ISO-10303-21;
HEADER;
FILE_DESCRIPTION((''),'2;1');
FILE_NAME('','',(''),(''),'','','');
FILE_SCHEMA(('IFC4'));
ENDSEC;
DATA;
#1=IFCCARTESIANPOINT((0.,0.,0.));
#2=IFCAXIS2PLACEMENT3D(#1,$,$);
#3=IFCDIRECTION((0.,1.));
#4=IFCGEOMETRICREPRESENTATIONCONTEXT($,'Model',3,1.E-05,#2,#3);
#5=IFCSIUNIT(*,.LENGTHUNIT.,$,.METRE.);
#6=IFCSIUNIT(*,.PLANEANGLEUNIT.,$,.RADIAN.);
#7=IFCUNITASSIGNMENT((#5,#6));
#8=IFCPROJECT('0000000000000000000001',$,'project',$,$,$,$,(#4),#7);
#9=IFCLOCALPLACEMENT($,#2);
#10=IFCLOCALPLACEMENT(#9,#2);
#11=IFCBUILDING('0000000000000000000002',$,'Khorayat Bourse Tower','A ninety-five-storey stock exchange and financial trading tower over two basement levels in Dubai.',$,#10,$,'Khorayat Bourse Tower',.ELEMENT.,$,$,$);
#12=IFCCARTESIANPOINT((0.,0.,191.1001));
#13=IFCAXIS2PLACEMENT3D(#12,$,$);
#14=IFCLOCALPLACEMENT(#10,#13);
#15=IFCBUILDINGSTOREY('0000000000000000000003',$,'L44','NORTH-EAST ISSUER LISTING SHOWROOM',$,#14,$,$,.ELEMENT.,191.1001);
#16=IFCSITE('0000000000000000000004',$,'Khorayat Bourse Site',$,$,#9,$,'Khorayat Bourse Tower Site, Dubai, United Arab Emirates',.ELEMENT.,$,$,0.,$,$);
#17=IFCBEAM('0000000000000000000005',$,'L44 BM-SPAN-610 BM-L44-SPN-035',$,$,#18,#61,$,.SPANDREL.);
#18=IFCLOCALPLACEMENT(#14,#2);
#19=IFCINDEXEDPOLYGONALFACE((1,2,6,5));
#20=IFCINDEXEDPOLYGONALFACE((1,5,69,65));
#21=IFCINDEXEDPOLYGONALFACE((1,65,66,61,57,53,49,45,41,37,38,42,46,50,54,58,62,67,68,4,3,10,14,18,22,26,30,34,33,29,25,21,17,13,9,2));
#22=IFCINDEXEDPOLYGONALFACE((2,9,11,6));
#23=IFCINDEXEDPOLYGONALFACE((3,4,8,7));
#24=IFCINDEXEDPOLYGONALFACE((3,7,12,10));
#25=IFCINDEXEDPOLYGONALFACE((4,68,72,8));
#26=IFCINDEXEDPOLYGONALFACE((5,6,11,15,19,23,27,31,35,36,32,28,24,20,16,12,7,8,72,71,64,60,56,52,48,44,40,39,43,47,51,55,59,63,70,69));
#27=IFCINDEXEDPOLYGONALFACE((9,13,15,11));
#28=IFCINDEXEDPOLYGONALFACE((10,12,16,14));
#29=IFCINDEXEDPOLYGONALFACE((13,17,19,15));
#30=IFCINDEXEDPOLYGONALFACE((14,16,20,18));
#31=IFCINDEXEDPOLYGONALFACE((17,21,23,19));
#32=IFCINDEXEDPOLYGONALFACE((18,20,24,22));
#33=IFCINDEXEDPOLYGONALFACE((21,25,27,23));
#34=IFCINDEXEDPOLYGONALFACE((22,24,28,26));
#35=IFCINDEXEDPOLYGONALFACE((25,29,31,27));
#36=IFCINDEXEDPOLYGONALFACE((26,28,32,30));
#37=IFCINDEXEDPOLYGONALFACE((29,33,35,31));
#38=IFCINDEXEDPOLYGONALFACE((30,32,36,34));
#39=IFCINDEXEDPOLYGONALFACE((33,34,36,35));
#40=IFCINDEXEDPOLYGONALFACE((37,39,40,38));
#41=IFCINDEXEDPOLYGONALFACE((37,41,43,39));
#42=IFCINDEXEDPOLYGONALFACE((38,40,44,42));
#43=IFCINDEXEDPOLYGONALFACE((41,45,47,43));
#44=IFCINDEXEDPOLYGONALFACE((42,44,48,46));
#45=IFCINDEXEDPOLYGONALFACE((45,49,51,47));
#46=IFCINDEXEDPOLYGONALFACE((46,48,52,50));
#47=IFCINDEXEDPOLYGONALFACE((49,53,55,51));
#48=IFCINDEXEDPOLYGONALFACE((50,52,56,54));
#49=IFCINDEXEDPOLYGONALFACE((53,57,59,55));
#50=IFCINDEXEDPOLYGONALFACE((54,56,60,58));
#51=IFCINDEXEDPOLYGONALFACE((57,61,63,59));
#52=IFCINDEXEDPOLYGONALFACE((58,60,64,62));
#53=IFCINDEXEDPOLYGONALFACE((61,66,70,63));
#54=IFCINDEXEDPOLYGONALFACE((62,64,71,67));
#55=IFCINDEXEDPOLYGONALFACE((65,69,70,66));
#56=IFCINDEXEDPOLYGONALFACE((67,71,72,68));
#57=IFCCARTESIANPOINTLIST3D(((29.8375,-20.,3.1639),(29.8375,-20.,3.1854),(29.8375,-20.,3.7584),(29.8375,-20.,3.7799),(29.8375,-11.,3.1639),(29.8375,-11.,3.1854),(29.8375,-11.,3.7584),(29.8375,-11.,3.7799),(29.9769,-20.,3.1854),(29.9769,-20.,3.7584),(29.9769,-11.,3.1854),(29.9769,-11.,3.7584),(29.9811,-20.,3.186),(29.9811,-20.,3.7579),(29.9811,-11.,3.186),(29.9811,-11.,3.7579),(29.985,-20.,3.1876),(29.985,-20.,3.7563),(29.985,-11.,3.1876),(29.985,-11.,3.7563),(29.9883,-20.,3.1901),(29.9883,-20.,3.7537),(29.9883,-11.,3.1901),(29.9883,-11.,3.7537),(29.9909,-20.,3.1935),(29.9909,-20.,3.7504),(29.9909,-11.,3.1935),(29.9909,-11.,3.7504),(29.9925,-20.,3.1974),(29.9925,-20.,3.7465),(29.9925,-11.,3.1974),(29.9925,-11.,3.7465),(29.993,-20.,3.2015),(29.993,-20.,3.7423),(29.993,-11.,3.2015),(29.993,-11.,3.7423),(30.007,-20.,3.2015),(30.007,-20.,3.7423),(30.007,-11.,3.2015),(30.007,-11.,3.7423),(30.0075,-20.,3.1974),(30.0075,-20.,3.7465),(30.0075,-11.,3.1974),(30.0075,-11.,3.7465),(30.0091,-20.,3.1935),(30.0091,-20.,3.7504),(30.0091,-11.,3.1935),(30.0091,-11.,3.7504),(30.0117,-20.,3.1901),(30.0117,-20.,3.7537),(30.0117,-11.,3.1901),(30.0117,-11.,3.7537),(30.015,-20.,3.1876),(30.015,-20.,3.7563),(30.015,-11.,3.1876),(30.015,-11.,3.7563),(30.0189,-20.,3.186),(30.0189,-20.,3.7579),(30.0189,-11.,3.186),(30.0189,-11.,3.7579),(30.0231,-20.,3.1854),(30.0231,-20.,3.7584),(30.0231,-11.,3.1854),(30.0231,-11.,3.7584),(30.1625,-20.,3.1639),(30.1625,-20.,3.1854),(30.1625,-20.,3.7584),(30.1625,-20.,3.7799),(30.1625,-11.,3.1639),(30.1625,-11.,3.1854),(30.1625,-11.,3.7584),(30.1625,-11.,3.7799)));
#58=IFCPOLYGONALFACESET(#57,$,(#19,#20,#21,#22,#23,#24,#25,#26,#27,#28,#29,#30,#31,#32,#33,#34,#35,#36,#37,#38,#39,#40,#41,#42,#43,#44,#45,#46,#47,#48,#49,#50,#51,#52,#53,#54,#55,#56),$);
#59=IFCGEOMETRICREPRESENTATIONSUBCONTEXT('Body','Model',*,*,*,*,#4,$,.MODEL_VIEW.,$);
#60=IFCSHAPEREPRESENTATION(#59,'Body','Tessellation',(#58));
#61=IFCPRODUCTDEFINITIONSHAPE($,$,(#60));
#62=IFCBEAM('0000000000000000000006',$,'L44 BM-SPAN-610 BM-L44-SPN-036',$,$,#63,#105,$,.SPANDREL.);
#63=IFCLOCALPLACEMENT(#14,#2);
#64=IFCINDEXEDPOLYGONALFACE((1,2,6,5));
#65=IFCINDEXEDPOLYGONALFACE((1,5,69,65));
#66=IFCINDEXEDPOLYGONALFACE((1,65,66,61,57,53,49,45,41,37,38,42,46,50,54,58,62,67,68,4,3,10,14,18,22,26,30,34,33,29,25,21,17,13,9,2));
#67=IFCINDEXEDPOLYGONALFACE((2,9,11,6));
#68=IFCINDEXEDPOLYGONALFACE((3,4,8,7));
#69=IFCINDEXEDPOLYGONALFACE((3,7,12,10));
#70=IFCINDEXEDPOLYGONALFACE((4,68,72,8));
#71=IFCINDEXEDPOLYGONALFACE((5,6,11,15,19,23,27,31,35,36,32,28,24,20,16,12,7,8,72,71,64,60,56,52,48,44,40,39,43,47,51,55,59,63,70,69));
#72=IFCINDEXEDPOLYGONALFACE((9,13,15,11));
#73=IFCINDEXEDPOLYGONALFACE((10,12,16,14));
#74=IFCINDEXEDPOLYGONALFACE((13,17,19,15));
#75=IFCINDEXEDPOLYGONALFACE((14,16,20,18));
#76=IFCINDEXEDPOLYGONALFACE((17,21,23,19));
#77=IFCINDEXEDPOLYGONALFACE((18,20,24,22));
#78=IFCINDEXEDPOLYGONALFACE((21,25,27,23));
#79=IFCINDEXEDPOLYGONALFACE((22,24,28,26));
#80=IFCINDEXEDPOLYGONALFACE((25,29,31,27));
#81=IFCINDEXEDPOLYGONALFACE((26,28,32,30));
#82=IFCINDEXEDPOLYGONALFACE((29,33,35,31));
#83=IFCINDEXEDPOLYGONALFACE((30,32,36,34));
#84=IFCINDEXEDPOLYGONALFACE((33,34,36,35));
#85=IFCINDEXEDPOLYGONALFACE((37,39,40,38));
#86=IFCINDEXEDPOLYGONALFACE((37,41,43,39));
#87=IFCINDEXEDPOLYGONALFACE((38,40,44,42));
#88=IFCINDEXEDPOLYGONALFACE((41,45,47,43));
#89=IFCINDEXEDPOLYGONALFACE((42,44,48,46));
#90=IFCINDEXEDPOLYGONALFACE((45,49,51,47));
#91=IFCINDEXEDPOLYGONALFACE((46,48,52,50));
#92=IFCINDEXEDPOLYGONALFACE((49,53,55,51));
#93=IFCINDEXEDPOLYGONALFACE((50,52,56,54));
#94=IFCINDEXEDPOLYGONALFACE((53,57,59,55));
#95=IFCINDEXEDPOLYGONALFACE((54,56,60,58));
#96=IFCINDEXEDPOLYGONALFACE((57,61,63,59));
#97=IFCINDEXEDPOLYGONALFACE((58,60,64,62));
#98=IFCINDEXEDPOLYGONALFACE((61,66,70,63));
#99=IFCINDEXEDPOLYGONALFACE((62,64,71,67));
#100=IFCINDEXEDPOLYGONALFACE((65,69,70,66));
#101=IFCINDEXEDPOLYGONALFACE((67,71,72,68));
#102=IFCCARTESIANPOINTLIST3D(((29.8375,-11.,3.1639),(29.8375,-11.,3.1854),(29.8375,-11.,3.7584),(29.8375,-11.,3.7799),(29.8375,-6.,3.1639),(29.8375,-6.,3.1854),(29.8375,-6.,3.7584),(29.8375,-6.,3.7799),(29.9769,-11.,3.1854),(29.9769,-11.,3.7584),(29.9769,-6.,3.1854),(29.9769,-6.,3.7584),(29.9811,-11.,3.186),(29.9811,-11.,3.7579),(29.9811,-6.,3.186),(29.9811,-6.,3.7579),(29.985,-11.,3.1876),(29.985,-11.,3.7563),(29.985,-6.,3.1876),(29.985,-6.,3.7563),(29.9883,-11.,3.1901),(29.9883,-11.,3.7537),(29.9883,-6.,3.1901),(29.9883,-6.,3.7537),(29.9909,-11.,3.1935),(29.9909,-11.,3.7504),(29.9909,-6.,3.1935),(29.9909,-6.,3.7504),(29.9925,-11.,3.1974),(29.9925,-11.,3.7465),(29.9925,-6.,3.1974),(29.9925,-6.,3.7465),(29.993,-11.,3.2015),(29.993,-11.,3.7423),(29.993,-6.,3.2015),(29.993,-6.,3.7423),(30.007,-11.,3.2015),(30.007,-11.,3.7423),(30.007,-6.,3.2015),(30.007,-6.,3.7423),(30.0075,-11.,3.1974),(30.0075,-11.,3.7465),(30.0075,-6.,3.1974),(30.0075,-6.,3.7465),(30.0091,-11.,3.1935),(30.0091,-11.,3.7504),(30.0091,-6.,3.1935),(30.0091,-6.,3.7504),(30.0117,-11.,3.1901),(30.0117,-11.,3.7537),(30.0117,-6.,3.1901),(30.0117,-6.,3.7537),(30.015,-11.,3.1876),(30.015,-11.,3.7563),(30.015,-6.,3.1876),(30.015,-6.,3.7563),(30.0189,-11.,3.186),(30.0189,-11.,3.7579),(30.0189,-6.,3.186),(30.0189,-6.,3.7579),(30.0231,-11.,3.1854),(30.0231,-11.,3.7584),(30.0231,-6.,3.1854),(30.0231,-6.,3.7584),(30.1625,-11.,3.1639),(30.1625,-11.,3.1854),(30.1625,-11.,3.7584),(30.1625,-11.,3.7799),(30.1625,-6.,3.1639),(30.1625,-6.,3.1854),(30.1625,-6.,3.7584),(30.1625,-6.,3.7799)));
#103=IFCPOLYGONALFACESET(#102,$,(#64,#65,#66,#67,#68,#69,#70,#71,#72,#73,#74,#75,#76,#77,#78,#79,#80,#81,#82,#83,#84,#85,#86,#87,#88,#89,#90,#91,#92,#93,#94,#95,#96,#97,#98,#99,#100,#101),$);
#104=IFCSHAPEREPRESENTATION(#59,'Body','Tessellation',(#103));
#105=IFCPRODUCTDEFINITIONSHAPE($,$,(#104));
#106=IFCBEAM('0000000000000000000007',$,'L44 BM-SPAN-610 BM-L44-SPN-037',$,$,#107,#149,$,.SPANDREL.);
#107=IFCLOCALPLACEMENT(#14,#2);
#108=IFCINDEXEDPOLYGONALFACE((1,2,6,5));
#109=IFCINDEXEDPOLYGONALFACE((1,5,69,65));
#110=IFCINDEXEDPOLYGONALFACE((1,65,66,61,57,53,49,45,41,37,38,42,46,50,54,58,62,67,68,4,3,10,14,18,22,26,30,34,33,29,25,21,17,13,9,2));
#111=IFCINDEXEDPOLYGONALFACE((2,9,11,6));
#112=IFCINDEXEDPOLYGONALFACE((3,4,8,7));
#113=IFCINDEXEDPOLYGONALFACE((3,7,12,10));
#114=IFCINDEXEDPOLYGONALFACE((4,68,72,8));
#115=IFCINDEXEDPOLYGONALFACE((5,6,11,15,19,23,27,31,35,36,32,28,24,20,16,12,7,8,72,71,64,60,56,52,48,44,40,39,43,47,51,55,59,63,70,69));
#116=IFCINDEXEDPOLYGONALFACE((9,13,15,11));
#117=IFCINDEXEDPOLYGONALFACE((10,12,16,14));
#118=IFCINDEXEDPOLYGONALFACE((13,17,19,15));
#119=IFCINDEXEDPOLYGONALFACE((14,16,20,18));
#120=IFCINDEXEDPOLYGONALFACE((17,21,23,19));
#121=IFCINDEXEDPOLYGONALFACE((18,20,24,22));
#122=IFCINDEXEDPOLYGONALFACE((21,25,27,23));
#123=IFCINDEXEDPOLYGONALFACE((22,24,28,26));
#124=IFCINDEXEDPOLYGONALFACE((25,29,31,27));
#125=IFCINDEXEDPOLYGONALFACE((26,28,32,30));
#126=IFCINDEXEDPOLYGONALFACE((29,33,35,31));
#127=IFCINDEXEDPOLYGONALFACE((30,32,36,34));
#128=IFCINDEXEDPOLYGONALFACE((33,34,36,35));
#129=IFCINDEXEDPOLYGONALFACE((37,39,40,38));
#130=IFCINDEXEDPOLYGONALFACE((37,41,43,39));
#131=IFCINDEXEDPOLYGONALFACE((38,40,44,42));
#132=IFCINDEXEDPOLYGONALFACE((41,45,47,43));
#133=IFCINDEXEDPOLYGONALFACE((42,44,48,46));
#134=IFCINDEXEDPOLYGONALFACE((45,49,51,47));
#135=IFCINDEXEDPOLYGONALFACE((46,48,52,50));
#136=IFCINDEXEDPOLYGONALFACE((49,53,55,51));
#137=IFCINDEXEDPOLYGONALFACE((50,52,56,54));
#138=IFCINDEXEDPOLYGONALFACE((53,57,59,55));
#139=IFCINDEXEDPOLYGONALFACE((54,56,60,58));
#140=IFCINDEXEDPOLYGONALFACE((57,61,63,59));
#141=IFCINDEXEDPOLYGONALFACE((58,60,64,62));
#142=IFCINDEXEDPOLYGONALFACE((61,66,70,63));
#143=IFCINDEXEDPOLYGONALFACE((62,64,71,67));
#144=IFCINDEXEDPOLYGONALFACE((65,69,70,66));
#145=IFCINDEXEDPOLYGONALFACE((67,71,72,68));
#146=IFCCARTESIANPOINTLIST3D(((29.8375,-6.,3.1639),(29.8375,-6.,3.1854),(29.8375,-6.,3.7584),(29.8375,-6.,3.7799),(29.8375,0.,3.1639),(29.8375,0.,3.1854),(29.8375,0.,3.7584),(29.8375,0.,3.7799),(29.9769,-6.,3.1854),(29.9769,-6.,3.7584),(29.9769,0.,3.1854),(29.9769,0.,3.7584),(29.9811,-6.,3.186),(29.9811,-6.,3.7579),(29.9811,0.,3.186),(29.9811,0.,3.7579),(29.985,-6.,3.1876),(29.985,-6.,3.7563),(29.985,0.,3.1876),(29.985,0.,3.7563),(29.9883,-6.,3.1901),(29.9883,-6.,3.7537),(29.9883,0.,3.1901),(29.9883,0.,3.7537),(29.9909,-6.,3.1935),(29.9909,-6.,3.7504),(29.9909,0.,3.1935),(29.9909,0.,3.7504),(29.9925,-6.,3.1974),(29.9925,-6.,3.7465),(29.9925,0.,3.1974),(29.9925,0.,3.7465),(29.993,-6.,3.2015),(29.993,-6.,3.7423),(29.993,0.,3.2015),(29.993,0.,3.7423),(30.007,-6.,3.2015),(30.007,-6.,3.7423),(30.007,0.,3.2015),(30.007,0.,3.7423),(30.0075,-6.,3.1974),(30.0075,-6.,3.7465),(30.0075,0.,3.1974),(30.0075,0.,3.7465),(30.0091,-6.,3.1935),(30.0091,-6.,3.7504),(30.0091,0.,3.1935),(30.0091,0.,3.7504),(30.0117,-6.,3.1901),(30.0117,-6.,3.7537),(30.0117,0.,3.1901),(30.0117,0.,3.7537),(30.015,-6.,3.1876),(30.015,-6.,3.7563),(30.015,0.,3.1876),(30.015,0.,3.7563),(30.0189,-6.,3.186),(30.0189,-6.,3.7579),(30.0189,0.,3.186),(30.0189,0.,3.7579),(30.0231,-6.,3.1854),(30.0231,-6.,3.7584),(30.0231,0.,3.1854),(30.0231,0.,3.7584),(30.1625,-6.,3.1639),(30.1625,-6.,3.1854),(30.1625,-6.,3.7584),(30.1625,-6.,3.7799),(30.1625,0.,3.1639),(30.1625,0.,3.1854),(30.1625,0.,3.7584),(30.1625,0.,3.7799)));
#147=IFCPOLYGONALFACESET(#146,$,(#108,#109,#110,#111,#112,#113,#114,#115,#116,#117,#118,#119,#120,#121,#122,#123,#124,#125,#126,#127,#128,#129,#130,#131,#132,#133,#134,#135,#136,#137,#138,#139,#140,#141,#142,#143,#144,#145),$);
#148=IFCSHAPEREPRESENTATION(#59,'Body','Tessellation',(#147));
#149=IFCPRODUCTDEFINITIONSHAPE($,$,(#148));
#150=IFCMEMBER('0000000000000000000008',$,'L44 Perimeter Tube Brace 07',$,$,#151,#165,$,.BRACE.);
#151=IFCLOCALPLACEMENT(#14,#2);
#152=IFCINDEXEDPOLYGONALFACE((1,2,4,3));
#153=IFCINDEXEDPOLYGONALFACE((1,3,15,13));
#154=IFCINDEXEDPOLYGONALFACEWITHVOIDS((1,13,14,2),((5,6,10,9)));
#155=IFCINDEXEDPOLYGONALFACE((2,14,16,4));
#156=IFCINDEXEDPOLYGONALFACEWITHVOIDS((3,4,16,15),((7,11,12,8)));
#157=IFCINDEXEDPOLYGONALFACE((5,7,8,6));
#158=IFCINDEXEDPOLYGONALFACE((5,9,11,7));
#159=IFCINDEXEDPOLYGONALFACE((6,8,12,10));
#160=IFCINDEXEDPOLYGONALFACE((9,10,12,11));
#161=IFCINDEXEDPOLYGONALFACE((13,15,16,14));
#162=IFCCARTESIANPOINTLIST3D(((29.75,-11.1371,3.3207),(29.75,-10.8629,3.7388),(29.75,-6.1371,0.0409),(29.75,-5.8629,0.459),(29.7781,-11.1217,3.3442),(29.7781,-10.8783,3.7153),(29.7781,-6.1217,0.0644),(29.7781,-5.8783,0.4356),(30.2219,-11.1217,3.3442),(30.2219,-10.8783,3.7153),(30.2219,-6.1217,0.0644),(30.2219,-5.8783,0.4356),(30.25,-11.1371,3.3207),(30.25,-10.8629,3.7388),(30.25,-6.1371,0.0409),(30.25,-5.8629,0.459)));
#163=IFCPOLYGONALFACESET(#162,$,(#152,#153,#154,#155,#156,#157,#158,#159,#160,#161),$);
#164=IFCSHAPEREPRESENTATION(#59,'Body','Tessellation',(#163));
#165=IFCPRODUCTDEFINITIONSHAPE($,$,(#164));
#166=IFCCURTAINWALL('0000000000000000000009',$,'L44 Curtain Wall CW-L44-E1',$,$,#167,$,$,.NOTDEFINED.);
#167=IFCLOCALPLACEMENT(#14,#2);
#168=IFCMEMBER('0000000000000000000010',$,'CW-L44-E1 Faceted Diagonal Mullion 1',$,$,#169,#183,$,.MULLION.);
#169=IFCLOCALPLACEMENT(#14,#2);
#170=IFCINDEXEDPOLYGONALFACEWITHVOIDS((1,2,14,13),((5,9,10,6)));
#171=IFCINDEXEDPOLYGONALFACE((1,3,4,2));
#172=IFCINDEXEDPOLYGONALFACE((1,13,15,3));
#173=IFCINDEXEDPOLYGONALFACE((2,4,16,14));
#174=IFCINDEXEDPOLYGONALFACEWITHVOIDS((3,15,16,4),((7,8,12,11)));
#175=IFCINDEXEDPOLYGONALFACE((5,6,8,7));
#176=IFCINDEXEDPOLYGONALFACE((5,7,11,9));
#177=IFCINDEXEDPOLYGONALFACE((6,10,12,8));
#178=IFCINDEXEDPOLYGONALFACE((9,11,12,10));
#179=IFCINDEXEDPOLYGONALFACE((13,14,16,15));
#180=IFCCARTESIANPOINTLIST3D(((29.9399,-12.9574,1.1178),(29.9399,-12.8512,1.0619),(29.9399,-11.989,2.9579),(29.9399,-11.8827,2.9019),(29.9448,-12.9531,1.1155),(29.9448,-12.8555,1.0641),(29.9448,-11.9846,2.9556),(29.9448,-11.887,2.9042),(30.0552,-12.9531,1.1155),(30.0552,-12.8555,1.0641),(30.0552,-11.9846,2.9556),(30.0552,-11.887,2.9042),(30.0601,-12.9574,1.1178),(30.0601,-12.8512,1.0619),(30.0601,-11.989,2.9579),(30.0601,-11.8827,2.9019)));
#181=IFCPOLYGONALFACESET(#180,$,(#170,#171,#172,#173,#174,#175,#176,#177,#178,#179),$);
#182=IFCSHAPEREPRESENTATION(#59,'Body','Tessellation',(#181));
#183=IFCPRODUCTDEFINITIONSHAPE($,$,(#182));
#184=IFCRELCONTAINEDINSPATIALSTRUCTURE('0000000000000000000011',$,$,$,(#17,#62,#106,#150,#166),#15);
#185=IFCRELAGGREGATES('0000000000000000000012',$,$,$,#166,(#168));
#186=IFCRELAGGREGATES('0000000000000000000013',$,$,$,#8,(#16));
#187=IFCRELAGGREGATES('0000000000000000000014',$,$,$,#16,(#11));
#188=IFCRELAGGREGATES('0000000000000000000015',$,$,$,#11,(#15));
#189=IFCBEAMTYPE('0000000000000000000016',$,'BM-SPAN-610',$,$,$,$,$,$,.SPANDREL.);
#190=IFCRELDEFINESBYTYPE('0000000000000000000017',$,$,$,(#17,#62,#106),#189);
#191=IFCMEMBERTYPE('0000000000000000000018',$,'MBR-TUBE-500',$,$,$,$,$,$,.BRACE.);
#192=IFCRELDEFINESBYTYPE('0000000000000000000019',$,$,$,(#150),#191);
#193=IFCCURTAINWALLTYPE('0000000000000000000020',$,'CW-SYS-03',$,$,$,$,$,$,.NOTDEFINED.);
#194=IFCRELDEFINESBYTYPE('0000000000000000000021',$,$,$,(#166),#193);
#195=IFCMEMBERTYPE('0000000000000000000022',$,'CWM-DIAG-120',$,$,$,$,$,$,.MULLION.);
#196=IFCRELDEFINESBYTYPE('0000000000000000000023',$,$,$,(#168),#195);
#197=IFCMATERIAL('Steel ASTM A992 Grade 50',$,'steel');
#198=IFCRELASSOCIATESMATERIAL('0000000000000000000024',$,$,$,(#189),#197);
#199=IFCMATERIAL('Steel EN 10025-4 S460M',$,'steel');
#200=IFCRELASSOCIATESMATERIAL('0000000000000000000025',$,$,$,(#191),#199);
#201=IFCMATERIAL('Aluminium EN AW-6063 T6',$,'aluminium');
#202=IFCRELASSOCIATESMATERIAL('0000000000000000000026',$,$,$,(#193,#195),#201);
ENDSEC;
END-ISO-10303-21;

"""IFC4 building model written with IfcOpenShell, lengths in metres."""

from ifc_helpers import new_model, si_unit, direction, frame, origin, origin_2d, place, context, subcontext, project, spatial, hollow_rectangle, i_section, extrude, source, transform, mapped, material, material_profile, profile_set, type_object, element, aggregate, save


model = new_model("IFC4")

# Units and contexts
model_context = context("Model", 3, precision=1e-05, world=origin(), true_north=direction((0.0, 1.0)))
body_context = subcontext(model_context, "Body", "Model", "MODEL_VIEW")
ifc_project = project(units=[si_unit("LENGTHUNIT", "METRE"), si_unit("PLANEANGLEUNIT", "RADIAN")], contexts=[model_context])

# Site, building, storey
site_placement = place(None, origin())
site = spatial("IfcSite", under=ifc_project, at=site_placement, Name="Khorayat Bourse Site", LongName="Khorayat Bourse Tower Site, Dubai, United Arab Emirates", CompositionType="ELEMENT", RefElevation=0.0)
building_placement = place(site_placement, origin())
building = spatial("IfcBuilding", under=site, at=building_placement, Name="Khorayat Bourse Tower", Description="A ninety-five-storey stock exchange and financial trading tower over two basement levels in Dubai.", LongName="Khorayat Bourse Tower", CompositionType="ELEMENT")
storey_placement = place(building_placement, frame((0.0, 0.0, 191.1001)))
storey = spatial("IfcBuildingStorey", under=building, at=storey_placement, Name="L44", Description="NORTH-EAST ISSUER LISTING SHOWROOM", CompositionType="ELEMENT", Elevation=191.1001)

# Shared definitions
ifc_material_1 = material(Name="Steel EN 10025-4 S460M", Category="steel")

# Beams
ifc_material_2 = material(Name="Steel ASTM A992 Grade 50", Category="steel")
ifc_material_profile_1 = material_profile(ifc_material_2, i_section(OverallWidth=0.325, OverallDepth=0.616, WebThickness=0.0139, FlangeThickness=0.0215, FilletRadius=0.0161, at=origin_2d()), Name="W610X174")
ifc_profile_set_1 = profile_set([ifc_material_profile_1], Name="Steel ASTM A992 Grade 50")
beam_type_1 = type_object("IfcBeamType", Name="BM-SPAN-610", PredefinedType="SPANDREL", material=ifc_profile_set_1)
shared_shape_1 = source(origin(), body_context, "Body", "SweptSolid", [
    extrude(i_section(OverallWidth=0.325, OverallDepth=0.616, WebThickness=0.0139, FlangeThickness=0.0215, FilletRadius=0.0161, at=origin_2d()), origin(), (0.0, 0.0, 1.0), 9.0),
])
beam_1_placement = place(storey_placement, frame((30.0, -20.0, 3.4719), z_axis=(0.0, 1.0, 0.0), x_axis=(-1.0, 0.0, 0.0)))
element("IfcBeam", 1, at=beam_1_placement, inside=storey, type_object=beam_type_1, Name="L44 BM-SPAN-610 BM-L44-SPN-035", PredefinedType="SPANDREL", context=body_context, shape_type="MappedRepresentation", body=[
    mapped(shared_shape_1, transform((0.0, 0.0, 0.0), scale=1.0)),
])
shared_shape_2 = source(origin(), body_context, "Body", "SweptSolid", [
    extrude(i_section(OverallWidth=0.325, OverallDepth=0.616, WebThickness=0.0139, FlangeThickness=0.0215, FilletRadius=0.0161, at=origin_2d()), origin(), (0.0, 0.0, 1.0), 5.0),
])
beam_2_placement = place(storey_placement, frame((30.0, -11.0, 3.4719), z_axis=(0.0, 1.0, 0.0), x_axis=(-1.0, 0.0, 0.0)))
element("IfcBeam", 2, at=beam_2_placement, inside=storey, type_object=beam_type_1, Name="L44 BM-SPAN-610 BM-L44-SPN-036", PredefinedType="SPANDREL", context=body_context, shape_type="MappedRepresentation", body=[
    mapped(shared_shape_2, transform((0.0, 0.0, 0.0), scale=1.0)),
])
shared_shape_3 = source(origin(), body_context, "Body", "SweptSolid", [
    extrude(i_section(OverallWidth=0.325, OverallDepth=0.616, WebThickness=0.0139, FlangeThickness=0.0215, FilletRadius=0.0161, at=origin_2d()), origin(), (0.0, 0.0, 1.0), 6.0),
])
beam_3_placement = place(storey_placement, frame((30.0, -6.0, 3.4719), z_axis=(0.0, 1.0, 0.0), x_axis=(-1.0, 0.0, 0.0)))
element("IfcBeam", 3, at=beam_3_placement, inside=storey, type_object=beam_type_1, Name="L44 BM-SPAN-610 BM-L44-SPN-037", PredefinedType="SPANDREL", context=body_context, shape_type="MappedRepresentation", body=[
    mapped(shared_shape_3, transform((0.0, 0.0, 0.0), scale=1.0)),
])

# Member
ifc_material_profile_2 = material_profile(ifc_material_1, hollow_rectangle(XDim=0.5, YDim=0.5, WallThickness=0.0281, at=origin_2d()), Name="HSS 500x500x28")
ifc_profile_set_2 = profile_set([ifc_material_profile_2], Name="Steel EN 10025-4 S460M")
member_type_1 = type_object("IfcMemberType", Name="MBR-TUBE-500", PredefinedType="BRACE", material=ifc_profile_set_2)
shared_shape_4 = source(origin(), body_context, "Body", "SweptSolid", [
    extrude(hollow_rectangle(XDim=0.5, YDim=0.5, WallThickness=0.0281, at=origin_2d()), origin(), (0.0, 0.0, 1.0), 5.9797),
])
member_1_placement = place(storey_placement, frame((30.0, -11.0, 3.5298), z_axis=(0.0, 0.83616, -0.548485), x_axis=(-1.0, 0.0, 0.0)))
element("IfcMember", 4, at=member_1_placement, inside=storey, type_object=member_type_1, Name="L44 Perimeter Tube Brace 07", PredefinedType="BRACE", context=body_context, shape_type="MappedRepresentation", body=[
    mapped(shared_shape_4, transform((0.0, 0.0, 0.0), scale=1.0)),
])

# Curtain wall, member
ifc_material_3 = material(Name="Aluminium EN AW-6063 T6", Category="aluminium")
curtain_wall_type = type_object("IfcCurtainWallType", Name="CW-SYS-03", PredefinedType="NOTDEFINED", material=ifc_material_3)
curtain_wall_placement = place(storey_placement, origin())
curtain_wall = element("IfcCurtainWall", 5, at=curtain_wall_placement, inside=storey, type_object=curtain_wall_type, Name="L44 Curtain Wall CW-L44-E1", PredefinedType="NOTDEFINED")
ifc_material_profile_3 = material_profile(ifc_material_3, hollow_rectangle(XDim=0.1201, YDim=0.1201, WallThickness=0.0049, at=origin_2d()), Name="ALU 120x120x5")
ifc_profile_set_3 = profile_set([ifc_material_profile_3], Name="Aluminium EN AW-6063 T6")
member_type_2 = type_object("IfcMemberType", Name="CWM-DIAG-120", PredefinedType="MULLION", material=ifc_profile_set_3)
shared_shape_5 = source(origin(), body_context, "Body", "SweptSolid", [
    extrude(hollow_rectangle(XDim=0.1201, YDim=0.1201, WallThickness=0.0049, at=origin_2d()), origin(), (0.0, 0.0, 1.0), 2.0793),
])
member_2_placement = place(storey_placement, frame((30.0, -12.9043, 1.0898), z_axis=(0.0, 0.465761, 0.884911), x_axis=(-1.0, 0.0, 0.0)))
member_2 = element("IfcMember", 6, at=member_2_placement, type_object=member_type_2, Name="CW-L44-E1 Faceted Diagonal Mullion 1", PredefinedType="MULLION", context=body_context, shape_type="MappedRepresentation", body=[
    mapped(shared_shape_5, transform((0.0, 0.0, 0.0), scale=1.0)),
])

aggregate(curtain_wall, [member_2])

save(model, "model.ifc")
